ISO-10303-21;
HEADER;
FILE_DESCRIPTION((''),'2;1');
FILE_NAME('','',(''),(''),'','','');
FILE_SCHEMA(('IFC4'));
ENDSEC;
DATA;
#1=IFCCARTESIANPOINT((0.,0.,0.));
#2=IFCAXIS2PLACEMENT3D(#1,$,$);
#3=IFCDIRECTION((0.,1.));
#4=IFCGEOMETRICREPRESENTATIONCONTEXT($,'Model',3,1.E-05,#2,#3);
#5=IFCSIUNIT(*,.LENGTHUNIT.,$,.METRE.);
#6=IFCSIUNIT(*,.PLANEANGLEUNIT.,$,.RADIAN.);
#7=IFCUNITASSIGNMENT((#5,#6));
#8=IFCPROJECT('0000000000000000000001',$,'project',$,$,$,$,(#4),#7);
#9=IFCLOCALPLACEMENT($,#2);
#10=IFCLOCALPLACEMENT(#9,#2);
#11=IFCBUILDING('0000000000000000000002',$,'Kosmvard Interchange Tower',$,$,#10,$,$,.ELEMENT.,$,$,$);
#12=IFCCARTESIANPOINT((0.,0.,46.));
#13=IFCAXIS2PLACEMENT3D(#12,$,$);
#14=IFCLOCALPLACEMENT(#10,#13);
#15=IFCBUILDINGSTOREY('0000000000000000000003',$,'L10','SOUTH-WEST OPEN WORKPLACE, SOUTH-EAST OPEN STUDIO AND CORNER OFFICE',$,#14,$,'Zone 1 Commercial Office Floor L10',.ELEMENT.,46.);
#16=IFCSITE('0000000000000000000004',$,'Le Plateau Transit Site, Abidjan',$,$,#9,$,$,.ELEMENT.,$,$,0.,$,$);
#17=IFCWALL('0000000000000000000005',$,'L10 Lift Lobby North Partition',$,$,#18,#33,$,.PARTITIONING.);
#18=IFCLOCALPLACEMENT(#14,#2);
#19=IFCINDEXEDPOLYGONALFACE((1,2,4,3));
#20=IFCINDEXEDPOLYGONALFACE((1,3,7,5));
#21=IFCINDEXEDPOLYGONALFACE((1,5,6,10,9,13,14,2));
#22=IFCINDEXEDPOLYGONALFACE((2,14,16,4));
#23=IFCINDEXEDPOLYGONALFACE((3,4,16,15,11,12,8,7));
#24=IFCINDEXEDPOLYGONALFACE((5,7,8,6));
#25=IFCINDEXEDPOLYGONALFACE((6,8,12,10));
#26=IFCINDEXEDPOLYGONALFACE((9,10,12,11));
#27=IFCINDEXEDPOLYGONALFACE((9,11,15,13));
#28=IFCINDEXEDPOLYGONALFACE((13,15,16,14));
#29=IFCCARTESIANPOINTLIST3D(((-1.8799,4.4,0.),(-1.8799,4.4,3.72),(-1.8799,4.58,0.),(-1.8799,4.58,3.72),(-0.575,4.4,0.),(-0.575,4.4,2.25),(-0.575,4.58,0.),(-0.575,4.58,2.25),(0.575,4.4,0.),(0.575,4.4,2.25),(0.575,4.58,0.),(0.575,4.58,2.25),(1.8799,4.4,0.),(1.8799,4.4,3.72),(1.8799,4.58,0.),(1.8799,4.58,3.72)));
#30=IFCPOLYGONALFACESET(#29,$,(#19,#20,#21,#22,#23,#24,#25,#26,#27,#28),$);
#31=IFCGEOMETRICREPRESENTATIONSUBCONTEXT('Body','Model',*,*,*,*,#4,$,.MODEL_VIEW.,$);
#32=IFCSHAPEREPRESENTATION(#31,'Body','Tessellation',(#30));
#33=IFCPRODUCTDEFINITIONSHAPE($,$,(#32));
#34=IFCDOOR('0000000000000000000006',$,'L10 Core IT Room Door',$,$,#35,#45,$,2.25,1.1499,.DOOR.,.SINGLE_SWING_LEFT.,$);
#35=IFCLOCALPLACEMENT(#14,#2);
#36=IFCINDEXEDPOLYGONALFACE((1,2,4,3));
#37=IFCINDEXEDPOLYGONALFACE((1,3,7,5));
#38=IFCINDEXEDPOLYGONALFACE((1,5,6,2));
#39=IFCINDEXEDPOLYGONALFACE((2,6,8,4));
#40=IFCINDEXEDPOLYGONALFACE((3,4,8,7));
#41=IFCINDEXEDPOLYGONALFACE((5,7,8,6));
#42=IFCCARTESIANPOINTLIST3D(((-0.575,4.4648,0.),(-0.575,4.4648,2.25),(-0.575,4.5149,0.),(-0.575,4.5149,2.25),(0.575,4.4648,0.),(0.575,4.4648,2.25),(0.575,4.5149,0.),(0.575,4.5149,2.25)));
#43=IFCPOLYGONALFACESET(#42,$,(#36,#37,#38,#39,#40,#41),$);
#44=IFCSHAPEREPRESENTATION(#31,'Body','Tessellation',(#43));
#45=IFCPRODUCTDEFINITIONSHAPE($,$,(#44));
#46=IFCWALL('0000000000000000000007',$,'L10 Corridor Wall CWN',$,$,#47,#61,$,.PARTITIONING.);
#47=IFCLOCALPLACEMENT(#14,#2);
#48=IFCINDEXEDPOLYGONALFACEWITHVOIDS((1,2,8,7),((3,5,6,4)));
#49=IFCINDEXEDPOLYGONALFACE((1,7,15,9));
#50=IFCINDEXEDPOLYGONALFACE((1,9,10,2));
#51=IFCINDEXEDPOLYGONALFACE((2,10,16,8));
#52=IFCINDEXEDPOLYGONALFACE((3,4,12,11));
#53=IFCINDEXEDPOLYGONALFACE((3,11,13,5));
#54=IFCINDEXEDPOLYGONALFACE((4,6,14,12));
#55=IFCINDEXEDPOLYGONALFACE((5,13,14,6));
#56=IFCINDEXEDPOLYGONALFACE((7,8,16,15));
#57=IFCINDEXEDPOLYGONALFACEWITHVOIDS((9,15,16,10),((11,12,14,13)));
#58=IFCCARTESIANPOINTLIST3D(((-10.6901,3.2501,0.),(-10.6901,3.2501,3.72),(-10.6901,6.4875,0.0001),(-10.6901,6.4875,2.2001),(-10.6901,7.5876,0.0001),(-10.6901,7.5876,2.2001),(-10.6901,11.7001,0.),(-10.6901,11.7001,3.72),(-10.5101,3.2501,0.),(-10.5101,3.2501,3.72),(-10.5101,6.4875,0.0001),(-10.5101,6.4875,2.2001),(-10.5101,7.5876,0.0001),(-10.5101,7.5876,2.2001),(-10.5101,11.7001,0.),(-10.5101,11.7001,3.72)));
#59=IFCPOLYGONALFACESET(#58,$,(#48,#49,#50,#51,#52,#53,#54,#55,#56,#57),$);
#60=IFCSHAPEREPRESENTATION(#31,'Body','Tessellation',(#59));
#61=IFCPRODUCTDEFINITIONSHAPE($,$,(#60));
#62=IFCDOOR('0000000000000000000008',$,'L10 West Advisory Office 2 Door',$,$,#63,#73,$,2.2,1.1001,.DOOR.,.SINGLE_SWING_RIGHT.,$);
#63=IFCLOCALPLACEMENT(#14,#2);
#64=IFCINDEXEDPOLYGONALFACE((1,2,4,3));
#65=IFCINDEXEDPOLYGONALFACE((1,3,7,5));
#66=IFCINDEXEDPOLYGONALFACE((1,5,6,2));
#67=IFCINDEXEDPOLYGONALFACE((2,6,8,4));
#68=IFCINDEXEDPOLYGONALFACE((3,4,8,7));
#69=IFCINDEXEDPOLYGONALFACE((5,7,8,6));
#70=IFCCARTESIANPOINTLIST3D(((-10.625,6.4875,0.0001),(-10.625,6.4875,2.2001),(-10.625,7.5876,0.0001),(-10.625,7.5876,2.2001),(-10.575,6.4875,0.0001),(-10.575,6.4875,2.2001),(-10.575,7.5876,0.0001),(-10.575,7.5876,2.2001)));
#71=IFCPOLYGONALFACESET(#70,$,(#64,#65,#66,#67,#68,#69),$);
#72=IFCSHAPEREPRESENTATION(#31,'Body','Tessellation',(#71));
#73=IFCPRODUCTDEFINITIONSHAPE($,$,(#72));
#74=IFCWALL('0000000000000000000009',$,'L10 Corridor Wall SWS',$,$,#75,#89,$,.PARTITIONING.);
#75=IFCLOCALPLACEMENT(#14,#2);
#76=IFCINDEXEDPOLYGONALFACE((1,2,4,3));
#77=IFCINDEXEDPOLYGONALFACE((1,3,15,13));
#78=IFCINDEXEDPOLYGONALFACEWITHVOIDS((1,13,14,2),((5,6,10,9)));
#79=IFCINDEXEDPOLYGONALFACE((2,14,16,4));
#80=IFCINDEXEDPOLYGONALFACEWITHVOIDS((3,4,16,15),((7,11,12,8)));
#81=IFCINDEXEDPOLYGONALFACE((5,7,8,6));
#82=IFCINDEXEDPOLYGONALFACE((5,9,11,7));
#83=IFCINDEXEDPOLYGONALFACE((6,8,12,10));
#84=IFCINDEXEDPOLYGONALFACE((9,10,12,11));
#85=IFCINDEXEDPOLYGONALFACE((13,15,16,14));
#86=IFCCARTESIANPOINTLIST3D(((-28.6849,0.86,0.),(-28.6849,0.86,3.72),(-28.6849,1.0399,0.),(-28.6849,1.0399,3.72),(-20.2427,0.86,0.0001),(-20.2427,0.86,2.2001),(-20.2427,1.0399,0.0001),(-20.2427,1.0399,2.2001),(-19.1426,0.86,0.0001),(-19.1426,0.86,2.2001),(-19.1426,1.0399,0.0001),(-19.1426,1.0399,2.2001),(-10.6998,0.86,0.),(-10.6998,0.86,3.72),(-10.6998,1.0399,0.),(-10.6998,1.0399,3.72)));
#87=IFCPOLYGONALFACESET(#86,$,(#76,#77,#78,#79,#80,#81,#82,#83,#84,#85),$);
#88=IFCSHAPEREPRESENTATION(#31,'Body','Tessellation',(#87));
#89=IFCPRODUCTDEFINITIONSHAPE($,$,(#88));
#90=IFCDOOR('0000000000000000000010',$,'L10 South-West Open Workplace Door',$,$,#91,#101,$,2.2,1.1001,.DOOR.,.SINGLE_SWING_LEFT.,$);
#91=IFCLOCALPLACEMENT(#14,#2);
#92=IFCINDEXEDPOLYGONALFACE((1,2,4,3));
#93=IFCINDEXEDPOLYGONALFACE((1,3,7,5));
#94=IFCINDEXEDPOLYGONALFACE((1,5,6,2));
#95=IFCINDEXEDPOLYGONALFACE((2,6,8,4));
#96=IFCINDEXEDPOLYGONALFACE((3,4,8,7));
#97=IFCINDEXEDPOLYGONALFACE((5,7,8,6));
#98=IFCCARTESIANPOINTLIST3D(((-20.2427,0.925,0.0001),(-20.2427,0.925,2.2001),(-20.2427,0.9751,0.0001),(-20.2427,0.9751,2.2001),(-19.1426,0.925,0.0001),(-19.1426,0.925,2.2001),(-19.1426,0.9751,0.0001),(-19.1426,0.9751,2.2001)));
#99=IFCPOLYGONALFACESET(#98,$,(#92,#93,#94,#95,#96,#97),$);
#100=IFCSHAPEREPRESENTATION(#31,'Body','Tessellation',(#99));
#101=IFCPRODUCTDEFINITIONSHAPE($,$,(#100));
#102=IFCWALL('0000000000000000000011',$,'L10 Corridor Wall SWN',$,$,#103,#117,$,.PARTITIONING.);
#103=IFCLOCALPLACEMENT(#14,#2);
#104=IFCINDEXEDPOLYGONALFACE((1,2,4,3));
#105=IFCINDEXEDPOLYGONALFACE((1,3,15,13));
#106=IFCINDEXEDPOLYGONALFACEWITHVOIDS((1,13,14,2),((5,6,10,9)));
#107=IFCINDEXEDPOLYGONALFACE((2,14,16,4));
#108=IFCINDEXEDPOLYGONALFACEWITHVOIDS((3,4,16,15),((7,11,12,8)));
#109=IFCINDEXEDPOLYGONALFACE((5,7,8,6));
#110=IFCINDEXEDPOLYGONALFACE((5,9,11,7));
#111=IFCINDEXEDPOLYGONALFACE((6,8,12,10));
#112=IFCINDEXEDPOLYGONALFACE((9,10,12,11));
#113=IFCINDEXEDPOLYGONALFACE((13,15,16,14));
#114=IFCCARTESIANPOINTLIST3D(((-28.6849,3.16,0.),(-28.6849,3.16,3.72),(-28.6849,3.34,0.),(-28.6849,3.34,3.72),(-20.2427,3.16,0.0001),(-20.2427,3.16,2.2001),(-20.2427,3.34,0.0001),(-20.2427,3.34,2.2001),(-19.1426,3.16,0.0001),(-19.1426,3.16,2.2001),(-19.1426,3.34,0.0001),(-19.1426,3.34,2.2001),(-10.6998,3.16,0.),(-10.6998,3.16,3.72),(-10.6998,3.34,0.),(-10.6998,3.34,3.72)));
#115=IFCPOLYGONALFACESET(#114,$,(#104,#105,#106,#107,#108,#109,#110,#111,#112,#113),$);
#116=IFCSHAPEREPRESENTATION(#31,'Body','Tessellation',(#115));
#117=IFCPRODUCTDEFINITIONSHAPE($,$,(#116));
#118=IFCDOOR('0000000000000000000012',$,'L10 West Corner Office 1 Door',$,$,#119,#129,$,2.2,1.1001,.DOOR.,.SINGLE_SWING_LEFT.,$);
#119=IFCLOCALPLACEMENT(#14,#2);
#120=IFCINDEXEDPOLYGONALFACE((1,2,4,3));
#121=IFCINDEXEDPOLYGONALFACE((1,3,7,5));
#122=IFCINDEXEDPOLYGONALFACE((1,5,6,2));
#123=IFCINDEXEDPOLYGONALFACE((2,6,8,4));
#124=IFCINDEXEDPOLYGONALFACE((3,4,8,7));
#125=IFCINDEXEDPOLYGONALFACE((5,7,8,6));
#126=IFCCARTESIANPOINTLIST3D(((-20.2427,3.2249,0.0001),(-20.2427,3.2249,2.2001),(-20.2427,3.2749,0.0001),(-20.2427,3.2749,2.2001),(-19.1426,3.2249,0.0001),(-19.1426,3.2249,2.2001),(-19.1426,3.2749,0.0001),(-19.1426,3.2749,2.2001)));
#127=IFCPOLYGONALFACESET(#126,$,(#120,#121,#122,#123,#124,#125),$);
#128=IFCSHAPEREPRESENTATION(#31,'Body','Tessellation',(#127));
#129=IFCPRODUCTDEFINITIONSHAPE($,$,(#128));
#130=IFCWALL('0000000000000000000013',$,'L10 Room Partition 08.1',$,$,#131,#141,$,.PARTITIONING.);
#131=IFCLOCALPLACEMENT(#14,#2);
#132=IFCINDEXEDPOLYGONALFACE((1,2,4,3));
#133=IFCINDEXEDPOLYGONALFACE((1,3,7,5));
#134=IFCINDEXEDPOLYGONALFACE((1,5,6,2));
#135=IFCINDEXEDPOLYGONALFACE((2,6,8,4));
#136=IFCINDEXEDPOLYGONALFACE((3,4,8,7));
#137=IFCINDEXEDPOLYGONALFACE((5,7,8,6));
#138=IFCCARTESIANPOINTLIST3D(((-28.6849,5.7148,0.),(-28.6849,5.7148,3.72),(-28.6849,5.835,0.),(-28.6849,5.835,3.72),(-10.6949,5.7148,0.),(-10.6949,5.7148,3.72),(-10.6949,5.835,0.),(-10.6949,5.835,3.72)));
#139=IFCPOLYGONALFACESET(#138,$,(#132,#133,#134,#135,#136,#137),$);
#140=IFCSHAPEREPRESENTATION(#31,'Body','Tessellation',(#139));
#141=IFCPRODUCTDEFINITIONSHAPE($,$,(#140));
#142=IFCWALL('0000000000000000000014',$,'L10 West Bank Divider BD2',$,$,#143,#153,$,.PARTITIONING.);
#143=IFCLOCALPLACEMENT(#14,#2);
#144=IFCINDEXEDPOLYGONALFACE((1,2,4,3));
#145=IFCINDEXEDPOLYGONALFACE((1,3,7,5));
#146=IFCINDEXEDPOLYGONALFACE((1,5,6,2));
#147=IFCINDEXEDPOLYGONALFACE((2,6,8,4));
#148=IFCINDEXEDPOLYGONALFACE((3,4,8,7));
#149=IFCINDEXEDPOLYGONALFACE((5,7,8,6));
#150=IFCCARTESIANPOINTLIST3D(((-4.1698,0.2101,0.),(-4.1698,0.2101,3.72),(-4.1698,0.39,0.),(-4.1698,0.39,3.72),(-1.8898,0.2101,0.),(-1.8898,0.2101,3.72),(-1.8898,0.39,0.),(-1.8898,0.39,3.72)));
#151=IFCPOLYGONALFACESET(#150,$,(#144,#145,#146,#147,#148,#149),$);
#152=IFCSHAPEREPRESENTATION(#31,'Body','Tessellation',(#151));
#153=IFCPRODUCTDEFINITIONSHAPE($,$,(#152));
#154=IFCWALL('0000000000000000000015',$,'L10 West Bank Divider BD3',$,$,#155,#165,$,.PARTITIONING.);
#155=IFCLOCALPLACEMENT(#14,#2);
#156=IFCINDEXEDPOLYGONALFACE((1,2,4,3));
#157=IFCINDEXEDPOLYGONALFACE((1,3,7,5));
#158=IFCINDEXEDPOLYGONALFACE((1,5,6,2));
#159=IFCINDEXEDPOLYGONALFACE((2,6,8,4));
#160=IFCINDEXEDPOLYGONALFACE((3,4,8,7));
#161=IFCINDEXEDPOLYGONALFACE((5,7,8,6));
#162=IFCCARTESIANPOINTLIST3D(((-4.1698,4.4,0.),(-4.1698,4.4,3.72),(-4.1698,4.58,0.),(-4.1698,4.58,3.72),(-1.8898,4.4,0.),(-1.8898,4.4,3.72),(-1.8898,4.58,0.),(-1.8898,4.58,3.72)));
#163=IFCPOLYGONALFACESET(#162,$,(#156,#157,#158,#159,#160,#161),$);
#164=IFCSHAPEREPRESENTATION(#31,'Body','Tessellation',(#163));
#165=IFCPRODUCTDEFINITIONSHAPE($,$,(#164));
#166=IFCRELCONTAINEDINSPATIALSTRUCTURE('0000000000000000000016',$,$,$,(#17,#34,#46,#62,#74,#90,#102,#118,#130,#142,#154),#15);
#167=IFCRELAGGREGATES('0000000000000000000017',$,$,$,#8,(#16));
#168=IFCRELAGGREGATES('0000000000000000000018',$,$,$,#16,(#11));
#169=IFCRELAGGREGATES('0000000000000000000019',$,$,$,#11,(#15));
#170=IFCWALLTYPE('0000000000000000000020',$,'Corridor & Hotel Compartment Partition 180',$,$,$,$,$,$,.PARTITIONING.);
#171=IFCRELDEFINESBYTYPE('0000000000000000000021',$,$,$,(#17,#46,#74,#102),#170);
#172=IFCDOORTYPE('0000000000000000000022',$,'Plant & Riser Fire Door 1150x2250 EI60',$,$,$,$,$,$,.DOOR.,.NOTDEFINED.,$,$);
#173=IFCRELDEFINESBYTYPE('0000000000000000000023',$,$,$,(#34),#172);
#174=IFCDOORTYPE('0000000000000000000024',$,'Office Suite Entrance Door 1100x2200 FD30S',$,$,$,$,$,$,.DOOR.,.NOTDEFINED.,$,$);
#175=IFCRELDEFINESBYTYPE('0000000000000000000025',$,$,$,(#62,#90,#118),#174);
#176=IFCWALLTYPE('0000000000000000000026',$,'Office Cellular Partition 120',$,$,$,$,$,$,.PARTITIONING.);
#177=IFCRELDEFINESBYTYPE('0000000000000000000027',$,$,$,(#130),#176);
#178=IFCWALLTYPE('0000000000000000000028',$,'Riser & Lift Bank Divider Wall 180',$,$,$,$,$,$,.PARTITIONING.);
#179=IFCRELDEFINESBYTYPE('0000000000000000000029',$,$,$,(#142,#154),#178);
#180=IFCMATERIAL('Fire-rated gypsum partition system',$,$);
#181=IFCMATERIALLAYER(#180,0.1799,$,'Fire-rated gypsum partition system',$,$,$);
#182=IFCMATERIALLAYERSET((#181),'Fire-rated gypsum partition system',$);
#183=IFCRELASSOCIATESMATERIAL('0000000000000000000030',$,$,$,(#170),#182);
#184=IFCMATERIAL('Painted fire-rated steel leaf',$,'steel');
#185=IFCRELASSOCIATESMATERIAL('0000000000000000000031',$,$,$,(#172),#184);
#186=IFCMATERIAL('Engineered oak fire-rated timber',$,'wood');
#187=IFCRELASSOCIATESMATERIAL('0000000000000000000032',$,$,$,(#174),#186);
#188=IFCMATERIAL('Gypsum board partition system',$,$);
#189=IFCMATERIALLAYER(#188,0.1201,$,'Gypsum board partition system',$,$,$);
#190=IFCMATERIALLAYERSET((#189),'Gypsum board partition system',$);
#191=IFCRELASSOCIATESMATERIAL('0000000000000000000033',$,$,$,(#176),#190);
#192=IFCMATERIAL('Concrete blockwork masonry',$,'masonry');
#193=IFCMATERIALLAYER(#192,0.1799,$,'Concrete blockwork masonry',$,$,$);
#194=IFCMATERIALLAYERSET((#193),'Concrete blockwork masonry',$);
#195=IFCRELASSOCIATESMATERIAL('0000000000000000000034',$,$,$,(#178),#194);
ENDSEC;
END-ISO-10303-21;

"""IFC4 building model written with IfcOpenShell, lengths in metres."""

from ifc_helpers import new_model, si_unit, direction, frame, frame_2d, origin, place, context, subcontext, project, spatial, rectangle, extrude, source, transform, mapped, material, layer, layer_set, type_object, element, fill, save


model = new_model("IFC4")

# Units and contexts
model_context = context("Model", 3, precision=1e-05, world=origin(), true_north=direction((0.0, 1.0)))
body_context = subcontext(model_context, "Body", "Model", "MODEL_VIEW")
ifc_project = project(units=[si_unit("LENGTHUNIT", "METRE"), si_unit("PLANEANGLEUNIT", "RADIAN")], contexts=[model_context])

# Site, building, storey
site_placement = place(None, origin())
site = spatial("IfcSite", under=ifc_project, at=site_placement, Name="Le Plateau Transit Site, Abidjan", CompositionType="ELEMENT", RefElevation=0.0)
building_placement = place(site_placement, origin())
building = spatial("IfcBuilding", under=site, at=building_placement, Name="Kosmvard Interchange Tower", CompositionType="ELEMENT")
storey_placement = place(building_placement, frame((0.0, 0.0, 46.0)))
storey = spatial("IfcBuildingStorey", under=building, at=storey_placement, Name="L10", Description="SOUTH-WEST OPEN WORKPLACE, SOUTH-EAST OPEN STUDIO AND CORNER OFFICE", LongName="Zone 1 Commercial Office Floor L10", CompositionType="ELEMENT", Elevation=46.0)

# Shared definitions
ifc_material_1 = material(Name="Fire-rated gypsum partition system")

# Walls, openings, doors
ifc_layer_1 = layer(ifc_material_1, 0.1799, Name="Fire-rated gypsum partition system")
ifc_layer_set_1 = layer_set([ifc_layer_1], Name="Fire-rated gypsum partition system")
wall_type_1 = type_object("IfcWallType", Name="Corridor & Hotel Compartment Partition 180", PredefinedType="PARTITIONING", material=ifc_layer_set_1)
wall_1_placement = place(storey_placement, frame((-1.8799, 4.49, 0.0), z_axis=(0.0, 0.0, 1.0), x_axis=(1.0, 0.0, 0.0)))
wall_1 = element("IfcWall", 1, at=wall_1_placement, inside=storey, type_object=wall_type_1, Name="L10 Lift Lobby North Partition", PredefinedType="PARTITIONING", context=body_context, shape_type="SweptSolid", body=[
    extrude(rectangle(XDim=3.7598, YDim=0.1799, at=frame_2d((1.8799, 0.0))), origin(), (0.0, 0.0, 1.0), 3.72),
])
opening_1_placement = place(wall_1_placement, frame((1.3049, 0.0, 0.0)))
opening_1 = element("IfcOpeningElement", 2, at=opening_1_placement, cuts=wall_1, PredefinedType="OPENING", context=body_context, shape_type="SweptSolid", body=[
    extrude(rectangle(XDim=1.1499, YDim=2.25, at=frame_2d((0.575, 1.125))), frame((0.0, 0.1001, 0.0), z_axis=(0.0, -1.0, 0.0), x_axis=(1.0, 0.0, 0.0)), (0.0, 0.0, 1.0), 0.2),
])
ifc_material_2 = material(Name="Painted fire-rated steel leaf", Category="steel")
door_type_1 = type_object("IfcDoorType", Name="Plant & Riser Fire Door 1150x2250 EI60", OperationType="NOTDEFINED", PredefinedType="DOOR", material=ifc_material_2)
shared_shape_1 = source(origin(), body_context, "Body", "SweptSolid", [
    extrude(rectangle(XDim=1.1499, YDim=2.25, at=frame_2d((0.575, 1.125))), frame((0.0, 0.0249, 0.0), z_axis=(0.0, -1.0, 0.0), x_axis=(1.0, 0.0, 0.0)), (0.0, 0.0, 1.0), 0.05),
])
door_1_placement = place(opening_1_placement, origin())
door_1 = element("IfcDoor", 3, at=door_1_placement, inside=storey, type_object=door_type_1, Name="L10 Core IT Room Door", OperationType="SINGLE_SWING_LEFT", OverallHeight=2.25, OverallWidth=1.1499, PredefinedType="DOOR", context=body_context, shape_type="MappedRepresentation", body=[
    mapped(shared_shape_1, transform((0.0, 0.0, 0.0), scale=1.0)),
])
fill(opening_1, door_1)
wall_2_placement = place(storey_placement, frame((-10.6001, 3.25, 0.0), z_axis=(0.0, 0.0, 1.0), x_axis=(0.0, 1.0, 0.0)))
wall_2 = element("IfcWall", 4, at=wall_2_placement, inside=storey, type_object=wall_type_1, Name="L10 Corridor Wall CWN", PredefinedType="PARTITIONING", context=body_context, shape_type="SweptSolid", body=[
    extrude(rectangle(XDim=8.45, YDim=0.1799, at=frame_2d((4.2251, 0.0))), origin(), (0.0, 0.0, 1.0), 3.72),
])
opening_2_placement = place(wall_2_placement, frame((3.2375, 0.0, 0.0)))
opening_2 = element("IfcOpeningElement", 5, at=opening_2_placement, cuts=wall_2, PredefinedType="OPENING", context=body_context, shape_type="SweptSolid", body=[
    extrude(rectangle(XDim=1.1001, YDim=2.2, at=frame_2d((0.55, 1.1001))), frame((0.0, 0.1001, 0.0), z_axis=(0.0, -1.0, 0.0), x_axis=(1.0, 0.0, 0.0)), (0.0, 0.0, 1.0), 0.2),
])
ifc_material_3 = material(Name="Engineered oak fire-rated timber", Category="wood")
door_type_2 = type_object("IfcDoorType", Name="Office Suite Entrance Door 1100x2200 FD30S", OperationType="NOTDEFINED", PredefinedType="DOOR", material=ifc_material_3)
shared_shape_2 = source(origin(), body_context, "Body", "SweptSolid", [
    extrude(rectangle(XDim=1.1001, YDim=2.2, at=frame_2d((0.55, 1.1001))), frame((0.0, 0.0249, 0.0), z_axis=(0.0, -1.0, 0.0), x_axis=(1.0, 0.0, 0.0)), (0.0, 0.0, 1.0), 0.05),
])
door_2_placement = place(opening_2_placement, origin())
door_2 = element("IfcDoor", 6, at=door_2_placement, inside=storey, type_object=door_type_2, Name="L10 West Advisory Office 2 Door", OperationType="SINGLE_SWING_RIGHT", OverallHeight=2.2, OverallWidth=1.1001, PredefinedType="DOOR", context=body_context, shape_type="MappedRepresentation", body=[
    mapped(shared_shape_2, transform((0.0, 0.0, 0.0), scale=1.0)),
])
fill(opening_2, door_2)
wall_3_placement = place(storey_placement, frame((-28.6851, 0.95, 0.0), z_axis=(0.0, 0.0, 1.0), x_axis=(1.0, 0.0, 0.0)))
wall_3 = element("IfcWall", 7, at=wall_3_placement, inside=storey, type_object=wall_type_1, Name="L10 Corridor Wall SWS", PredefinedType="PARTITIONING", context=body_context, shape_type="SweptSolid", body=[
    extrude(rectangle(XDim=17.9851, YDim=0.1799, at=frame_2d((8.9927, 0.0))), origin(), (0.0, 0.0, 1.0), 3.72),
])
opening_3_placement = place(wall_3_placement, frame((8.4424, 0.0, 0.0)))
opening_3 = element("IfcOpeningElement", 8, at=opening_3_placement, cuts=wall_3, PredefinedType="OPENING", context=body_context, shape_type="SweptSolid", body=[
    extrude(rectangle(XDim=1.1001, YDim=2.2, at=frame_2d((0.55, 1.1001))), frame((0.0, 0.1001, 0.0), z_axis=(0.0, -1.0, 0.0), x_axis=(1.0, 0.0, 0.0)), (0.0, 0.0, 1.0), 0.2),
])
door_3_placement = place(opening_3_placement, frame((1.1001, 0.0, 0.0), z_axis=(0.0, 0.0, 1.0), x_axis=(-1.0, 0.0, 0.0)))
door_3 = element("IfcDoor", 9, at=door_3_placement, inside=storey, type_object=door_type_2, Name="L10 South-West Open Workplace Door", OperationType="SINGLE_SWING_LEFT", OverallHeight=2.2, OverallWidth=1.1001, PredefinedType="DOOR", context=body_context, shape_type="MappedRepresentation", body=[
    mapped(shared_shape_2, transform((0.0, 0.0, 0.0), scale=1.0)),
])
fill(opening_3, door_3)
wall_4_placement = place(storey_placement, frame((-28.6851, 3.25, 0.0), z_axis=(0.0, 0.0, 1.0), x_axis=(1.0, 0.0, 0.0)))
wall_4 = element("IfcWall", 10, at=wall_4_placement, inside=storey, type_object=wall_type_1, Name="L10 Corridor Wall SWN", PredefinedType="PARTITIONING", context=body_context, shape_type="SweptSolid", body=[
    extrude(rectangle(XDim=17.9851, YDim=0.1799, at=frame_2d((8.9927, 0.0))), origin(), (0.0, 0.0, 1.0), 3.72),
])
opening_4_placement = place(wall_4_placement, frame((8.4424, 0.0, 0.0)))
opening_4 = element("IfcOpeningElement", 11, at=opening_4_placement, cuts=wall_4, PredefinedType="OPENING", context=body_context, shape_type="SweptSolid", body=[
    extrude(rectangle(XDim=1.1001, YDim=2.2, at=frame_2d((0.55, 1.1001))), frame((0.0, 0.1001, 0.0), z_axis=(0.0, -1.0, 0.0), x_axis=(1.0, 0.0, 0.0)), (0.0, 0.0, 1.0), 0.2),
])
door_4_placement = place(opening_4_placement, origin())
door_4 = element("IfcDoor", 12, at=door_4_placement, inside=storey, type_object=door_type_2, Name="L10 West Corner Office 1 Door", OperationType="SINGLE_SWING_LEFT", OverallHeight=2.2, OverallWidth=1.1001, PredefinedType="DOOR", context=body_context, shape_type="MappedRepresentation", body=[
    mapped(shared_shape_2, transform((0.0, 0.0, 0.0), scale=1.0)),
])
fill(opening_4, door_4)

# Walls
ifc_material_4 = material(Name="Gypsum board partition system")
ifc_layer_2 = layer(ifc_material_4, 0.1201, Name="Gypsum board partition system")
ifc_layer_set_2 = layer_set([ifc_layer_2], Name="Gypsum board partition system")
wall_type_2 = type_object("IfcWallType", Name="Office Cellular Partition 120", PredefinedType="PARTITIONING", material=ifc_layer_set_2)
wall_5_placement = place(storey_placement, frame((-28.6851, 5.7749, 0.0), z_axis=(0.0, 0.0, 1.0), x_axis=(1.0, 0.0, 0.0)))
element("IfcWall", 13, at=wall_5_placement, inside=storey, type_object=wall_type_2, Name="L10 Room Partition 08.1", PredefinedType="PARTITIONING", context=body_context, shape_type="SweptSolid", body=[
    extrude(rectangle(XDim=17.99, YDim=0.1201, at=frame_2d((8.9951, 0.0))), origin(), (0.0, 0.0, 1.0), 3.72),
])
ifc_material_5 = material(Name="Concrete blockwork masonry", Category="masonry")
ifc_layer_3 = layer(ifc_material_5, 0.1799, Name="Concrete blockwork masonry")
ifc_layer_set_3 = layer_set([ifc_layer_3], Name="Concrete blockwork masonry")
wall_type_3 = type_object("IfcWallType", Name="Riser & Lift Bank Divider Wall 180", PredefinedType="PARTITIONING", material=ifc_layer_set_3)
for number, where, z_axis, x_axis, name in (
    (14, (-4.1699, 0.3, 0.0), (0.0, 0.0, 1.0), (1.0, 0.0, 0.0), "L10 West Bank Divider BD2"),
    (15, (-4.1699, 4.49, 0.0), (0.0, 0.0, 1.0), (1.0, 0.0, 0.0), "L10 West Bank Divider BD3"),
):
    element("IfcWall", number, at=place(storey_placement, frame(where, z_axis=z_axis, x_axis=x_axis)), inside=storey, type_object=wall_type_3, Name=name, PredefinedType="PARTITIONING", context=body_context, shape_type="SweptSolid", body=[
        extrude(rectangle(XDim=2.28, YDim=0.1799, at=frame_2d((1.1401, 0.0))), origin(), (0.0, 0.0, 1.0), 3.72),
    ])

save(model, "model.ifc")
